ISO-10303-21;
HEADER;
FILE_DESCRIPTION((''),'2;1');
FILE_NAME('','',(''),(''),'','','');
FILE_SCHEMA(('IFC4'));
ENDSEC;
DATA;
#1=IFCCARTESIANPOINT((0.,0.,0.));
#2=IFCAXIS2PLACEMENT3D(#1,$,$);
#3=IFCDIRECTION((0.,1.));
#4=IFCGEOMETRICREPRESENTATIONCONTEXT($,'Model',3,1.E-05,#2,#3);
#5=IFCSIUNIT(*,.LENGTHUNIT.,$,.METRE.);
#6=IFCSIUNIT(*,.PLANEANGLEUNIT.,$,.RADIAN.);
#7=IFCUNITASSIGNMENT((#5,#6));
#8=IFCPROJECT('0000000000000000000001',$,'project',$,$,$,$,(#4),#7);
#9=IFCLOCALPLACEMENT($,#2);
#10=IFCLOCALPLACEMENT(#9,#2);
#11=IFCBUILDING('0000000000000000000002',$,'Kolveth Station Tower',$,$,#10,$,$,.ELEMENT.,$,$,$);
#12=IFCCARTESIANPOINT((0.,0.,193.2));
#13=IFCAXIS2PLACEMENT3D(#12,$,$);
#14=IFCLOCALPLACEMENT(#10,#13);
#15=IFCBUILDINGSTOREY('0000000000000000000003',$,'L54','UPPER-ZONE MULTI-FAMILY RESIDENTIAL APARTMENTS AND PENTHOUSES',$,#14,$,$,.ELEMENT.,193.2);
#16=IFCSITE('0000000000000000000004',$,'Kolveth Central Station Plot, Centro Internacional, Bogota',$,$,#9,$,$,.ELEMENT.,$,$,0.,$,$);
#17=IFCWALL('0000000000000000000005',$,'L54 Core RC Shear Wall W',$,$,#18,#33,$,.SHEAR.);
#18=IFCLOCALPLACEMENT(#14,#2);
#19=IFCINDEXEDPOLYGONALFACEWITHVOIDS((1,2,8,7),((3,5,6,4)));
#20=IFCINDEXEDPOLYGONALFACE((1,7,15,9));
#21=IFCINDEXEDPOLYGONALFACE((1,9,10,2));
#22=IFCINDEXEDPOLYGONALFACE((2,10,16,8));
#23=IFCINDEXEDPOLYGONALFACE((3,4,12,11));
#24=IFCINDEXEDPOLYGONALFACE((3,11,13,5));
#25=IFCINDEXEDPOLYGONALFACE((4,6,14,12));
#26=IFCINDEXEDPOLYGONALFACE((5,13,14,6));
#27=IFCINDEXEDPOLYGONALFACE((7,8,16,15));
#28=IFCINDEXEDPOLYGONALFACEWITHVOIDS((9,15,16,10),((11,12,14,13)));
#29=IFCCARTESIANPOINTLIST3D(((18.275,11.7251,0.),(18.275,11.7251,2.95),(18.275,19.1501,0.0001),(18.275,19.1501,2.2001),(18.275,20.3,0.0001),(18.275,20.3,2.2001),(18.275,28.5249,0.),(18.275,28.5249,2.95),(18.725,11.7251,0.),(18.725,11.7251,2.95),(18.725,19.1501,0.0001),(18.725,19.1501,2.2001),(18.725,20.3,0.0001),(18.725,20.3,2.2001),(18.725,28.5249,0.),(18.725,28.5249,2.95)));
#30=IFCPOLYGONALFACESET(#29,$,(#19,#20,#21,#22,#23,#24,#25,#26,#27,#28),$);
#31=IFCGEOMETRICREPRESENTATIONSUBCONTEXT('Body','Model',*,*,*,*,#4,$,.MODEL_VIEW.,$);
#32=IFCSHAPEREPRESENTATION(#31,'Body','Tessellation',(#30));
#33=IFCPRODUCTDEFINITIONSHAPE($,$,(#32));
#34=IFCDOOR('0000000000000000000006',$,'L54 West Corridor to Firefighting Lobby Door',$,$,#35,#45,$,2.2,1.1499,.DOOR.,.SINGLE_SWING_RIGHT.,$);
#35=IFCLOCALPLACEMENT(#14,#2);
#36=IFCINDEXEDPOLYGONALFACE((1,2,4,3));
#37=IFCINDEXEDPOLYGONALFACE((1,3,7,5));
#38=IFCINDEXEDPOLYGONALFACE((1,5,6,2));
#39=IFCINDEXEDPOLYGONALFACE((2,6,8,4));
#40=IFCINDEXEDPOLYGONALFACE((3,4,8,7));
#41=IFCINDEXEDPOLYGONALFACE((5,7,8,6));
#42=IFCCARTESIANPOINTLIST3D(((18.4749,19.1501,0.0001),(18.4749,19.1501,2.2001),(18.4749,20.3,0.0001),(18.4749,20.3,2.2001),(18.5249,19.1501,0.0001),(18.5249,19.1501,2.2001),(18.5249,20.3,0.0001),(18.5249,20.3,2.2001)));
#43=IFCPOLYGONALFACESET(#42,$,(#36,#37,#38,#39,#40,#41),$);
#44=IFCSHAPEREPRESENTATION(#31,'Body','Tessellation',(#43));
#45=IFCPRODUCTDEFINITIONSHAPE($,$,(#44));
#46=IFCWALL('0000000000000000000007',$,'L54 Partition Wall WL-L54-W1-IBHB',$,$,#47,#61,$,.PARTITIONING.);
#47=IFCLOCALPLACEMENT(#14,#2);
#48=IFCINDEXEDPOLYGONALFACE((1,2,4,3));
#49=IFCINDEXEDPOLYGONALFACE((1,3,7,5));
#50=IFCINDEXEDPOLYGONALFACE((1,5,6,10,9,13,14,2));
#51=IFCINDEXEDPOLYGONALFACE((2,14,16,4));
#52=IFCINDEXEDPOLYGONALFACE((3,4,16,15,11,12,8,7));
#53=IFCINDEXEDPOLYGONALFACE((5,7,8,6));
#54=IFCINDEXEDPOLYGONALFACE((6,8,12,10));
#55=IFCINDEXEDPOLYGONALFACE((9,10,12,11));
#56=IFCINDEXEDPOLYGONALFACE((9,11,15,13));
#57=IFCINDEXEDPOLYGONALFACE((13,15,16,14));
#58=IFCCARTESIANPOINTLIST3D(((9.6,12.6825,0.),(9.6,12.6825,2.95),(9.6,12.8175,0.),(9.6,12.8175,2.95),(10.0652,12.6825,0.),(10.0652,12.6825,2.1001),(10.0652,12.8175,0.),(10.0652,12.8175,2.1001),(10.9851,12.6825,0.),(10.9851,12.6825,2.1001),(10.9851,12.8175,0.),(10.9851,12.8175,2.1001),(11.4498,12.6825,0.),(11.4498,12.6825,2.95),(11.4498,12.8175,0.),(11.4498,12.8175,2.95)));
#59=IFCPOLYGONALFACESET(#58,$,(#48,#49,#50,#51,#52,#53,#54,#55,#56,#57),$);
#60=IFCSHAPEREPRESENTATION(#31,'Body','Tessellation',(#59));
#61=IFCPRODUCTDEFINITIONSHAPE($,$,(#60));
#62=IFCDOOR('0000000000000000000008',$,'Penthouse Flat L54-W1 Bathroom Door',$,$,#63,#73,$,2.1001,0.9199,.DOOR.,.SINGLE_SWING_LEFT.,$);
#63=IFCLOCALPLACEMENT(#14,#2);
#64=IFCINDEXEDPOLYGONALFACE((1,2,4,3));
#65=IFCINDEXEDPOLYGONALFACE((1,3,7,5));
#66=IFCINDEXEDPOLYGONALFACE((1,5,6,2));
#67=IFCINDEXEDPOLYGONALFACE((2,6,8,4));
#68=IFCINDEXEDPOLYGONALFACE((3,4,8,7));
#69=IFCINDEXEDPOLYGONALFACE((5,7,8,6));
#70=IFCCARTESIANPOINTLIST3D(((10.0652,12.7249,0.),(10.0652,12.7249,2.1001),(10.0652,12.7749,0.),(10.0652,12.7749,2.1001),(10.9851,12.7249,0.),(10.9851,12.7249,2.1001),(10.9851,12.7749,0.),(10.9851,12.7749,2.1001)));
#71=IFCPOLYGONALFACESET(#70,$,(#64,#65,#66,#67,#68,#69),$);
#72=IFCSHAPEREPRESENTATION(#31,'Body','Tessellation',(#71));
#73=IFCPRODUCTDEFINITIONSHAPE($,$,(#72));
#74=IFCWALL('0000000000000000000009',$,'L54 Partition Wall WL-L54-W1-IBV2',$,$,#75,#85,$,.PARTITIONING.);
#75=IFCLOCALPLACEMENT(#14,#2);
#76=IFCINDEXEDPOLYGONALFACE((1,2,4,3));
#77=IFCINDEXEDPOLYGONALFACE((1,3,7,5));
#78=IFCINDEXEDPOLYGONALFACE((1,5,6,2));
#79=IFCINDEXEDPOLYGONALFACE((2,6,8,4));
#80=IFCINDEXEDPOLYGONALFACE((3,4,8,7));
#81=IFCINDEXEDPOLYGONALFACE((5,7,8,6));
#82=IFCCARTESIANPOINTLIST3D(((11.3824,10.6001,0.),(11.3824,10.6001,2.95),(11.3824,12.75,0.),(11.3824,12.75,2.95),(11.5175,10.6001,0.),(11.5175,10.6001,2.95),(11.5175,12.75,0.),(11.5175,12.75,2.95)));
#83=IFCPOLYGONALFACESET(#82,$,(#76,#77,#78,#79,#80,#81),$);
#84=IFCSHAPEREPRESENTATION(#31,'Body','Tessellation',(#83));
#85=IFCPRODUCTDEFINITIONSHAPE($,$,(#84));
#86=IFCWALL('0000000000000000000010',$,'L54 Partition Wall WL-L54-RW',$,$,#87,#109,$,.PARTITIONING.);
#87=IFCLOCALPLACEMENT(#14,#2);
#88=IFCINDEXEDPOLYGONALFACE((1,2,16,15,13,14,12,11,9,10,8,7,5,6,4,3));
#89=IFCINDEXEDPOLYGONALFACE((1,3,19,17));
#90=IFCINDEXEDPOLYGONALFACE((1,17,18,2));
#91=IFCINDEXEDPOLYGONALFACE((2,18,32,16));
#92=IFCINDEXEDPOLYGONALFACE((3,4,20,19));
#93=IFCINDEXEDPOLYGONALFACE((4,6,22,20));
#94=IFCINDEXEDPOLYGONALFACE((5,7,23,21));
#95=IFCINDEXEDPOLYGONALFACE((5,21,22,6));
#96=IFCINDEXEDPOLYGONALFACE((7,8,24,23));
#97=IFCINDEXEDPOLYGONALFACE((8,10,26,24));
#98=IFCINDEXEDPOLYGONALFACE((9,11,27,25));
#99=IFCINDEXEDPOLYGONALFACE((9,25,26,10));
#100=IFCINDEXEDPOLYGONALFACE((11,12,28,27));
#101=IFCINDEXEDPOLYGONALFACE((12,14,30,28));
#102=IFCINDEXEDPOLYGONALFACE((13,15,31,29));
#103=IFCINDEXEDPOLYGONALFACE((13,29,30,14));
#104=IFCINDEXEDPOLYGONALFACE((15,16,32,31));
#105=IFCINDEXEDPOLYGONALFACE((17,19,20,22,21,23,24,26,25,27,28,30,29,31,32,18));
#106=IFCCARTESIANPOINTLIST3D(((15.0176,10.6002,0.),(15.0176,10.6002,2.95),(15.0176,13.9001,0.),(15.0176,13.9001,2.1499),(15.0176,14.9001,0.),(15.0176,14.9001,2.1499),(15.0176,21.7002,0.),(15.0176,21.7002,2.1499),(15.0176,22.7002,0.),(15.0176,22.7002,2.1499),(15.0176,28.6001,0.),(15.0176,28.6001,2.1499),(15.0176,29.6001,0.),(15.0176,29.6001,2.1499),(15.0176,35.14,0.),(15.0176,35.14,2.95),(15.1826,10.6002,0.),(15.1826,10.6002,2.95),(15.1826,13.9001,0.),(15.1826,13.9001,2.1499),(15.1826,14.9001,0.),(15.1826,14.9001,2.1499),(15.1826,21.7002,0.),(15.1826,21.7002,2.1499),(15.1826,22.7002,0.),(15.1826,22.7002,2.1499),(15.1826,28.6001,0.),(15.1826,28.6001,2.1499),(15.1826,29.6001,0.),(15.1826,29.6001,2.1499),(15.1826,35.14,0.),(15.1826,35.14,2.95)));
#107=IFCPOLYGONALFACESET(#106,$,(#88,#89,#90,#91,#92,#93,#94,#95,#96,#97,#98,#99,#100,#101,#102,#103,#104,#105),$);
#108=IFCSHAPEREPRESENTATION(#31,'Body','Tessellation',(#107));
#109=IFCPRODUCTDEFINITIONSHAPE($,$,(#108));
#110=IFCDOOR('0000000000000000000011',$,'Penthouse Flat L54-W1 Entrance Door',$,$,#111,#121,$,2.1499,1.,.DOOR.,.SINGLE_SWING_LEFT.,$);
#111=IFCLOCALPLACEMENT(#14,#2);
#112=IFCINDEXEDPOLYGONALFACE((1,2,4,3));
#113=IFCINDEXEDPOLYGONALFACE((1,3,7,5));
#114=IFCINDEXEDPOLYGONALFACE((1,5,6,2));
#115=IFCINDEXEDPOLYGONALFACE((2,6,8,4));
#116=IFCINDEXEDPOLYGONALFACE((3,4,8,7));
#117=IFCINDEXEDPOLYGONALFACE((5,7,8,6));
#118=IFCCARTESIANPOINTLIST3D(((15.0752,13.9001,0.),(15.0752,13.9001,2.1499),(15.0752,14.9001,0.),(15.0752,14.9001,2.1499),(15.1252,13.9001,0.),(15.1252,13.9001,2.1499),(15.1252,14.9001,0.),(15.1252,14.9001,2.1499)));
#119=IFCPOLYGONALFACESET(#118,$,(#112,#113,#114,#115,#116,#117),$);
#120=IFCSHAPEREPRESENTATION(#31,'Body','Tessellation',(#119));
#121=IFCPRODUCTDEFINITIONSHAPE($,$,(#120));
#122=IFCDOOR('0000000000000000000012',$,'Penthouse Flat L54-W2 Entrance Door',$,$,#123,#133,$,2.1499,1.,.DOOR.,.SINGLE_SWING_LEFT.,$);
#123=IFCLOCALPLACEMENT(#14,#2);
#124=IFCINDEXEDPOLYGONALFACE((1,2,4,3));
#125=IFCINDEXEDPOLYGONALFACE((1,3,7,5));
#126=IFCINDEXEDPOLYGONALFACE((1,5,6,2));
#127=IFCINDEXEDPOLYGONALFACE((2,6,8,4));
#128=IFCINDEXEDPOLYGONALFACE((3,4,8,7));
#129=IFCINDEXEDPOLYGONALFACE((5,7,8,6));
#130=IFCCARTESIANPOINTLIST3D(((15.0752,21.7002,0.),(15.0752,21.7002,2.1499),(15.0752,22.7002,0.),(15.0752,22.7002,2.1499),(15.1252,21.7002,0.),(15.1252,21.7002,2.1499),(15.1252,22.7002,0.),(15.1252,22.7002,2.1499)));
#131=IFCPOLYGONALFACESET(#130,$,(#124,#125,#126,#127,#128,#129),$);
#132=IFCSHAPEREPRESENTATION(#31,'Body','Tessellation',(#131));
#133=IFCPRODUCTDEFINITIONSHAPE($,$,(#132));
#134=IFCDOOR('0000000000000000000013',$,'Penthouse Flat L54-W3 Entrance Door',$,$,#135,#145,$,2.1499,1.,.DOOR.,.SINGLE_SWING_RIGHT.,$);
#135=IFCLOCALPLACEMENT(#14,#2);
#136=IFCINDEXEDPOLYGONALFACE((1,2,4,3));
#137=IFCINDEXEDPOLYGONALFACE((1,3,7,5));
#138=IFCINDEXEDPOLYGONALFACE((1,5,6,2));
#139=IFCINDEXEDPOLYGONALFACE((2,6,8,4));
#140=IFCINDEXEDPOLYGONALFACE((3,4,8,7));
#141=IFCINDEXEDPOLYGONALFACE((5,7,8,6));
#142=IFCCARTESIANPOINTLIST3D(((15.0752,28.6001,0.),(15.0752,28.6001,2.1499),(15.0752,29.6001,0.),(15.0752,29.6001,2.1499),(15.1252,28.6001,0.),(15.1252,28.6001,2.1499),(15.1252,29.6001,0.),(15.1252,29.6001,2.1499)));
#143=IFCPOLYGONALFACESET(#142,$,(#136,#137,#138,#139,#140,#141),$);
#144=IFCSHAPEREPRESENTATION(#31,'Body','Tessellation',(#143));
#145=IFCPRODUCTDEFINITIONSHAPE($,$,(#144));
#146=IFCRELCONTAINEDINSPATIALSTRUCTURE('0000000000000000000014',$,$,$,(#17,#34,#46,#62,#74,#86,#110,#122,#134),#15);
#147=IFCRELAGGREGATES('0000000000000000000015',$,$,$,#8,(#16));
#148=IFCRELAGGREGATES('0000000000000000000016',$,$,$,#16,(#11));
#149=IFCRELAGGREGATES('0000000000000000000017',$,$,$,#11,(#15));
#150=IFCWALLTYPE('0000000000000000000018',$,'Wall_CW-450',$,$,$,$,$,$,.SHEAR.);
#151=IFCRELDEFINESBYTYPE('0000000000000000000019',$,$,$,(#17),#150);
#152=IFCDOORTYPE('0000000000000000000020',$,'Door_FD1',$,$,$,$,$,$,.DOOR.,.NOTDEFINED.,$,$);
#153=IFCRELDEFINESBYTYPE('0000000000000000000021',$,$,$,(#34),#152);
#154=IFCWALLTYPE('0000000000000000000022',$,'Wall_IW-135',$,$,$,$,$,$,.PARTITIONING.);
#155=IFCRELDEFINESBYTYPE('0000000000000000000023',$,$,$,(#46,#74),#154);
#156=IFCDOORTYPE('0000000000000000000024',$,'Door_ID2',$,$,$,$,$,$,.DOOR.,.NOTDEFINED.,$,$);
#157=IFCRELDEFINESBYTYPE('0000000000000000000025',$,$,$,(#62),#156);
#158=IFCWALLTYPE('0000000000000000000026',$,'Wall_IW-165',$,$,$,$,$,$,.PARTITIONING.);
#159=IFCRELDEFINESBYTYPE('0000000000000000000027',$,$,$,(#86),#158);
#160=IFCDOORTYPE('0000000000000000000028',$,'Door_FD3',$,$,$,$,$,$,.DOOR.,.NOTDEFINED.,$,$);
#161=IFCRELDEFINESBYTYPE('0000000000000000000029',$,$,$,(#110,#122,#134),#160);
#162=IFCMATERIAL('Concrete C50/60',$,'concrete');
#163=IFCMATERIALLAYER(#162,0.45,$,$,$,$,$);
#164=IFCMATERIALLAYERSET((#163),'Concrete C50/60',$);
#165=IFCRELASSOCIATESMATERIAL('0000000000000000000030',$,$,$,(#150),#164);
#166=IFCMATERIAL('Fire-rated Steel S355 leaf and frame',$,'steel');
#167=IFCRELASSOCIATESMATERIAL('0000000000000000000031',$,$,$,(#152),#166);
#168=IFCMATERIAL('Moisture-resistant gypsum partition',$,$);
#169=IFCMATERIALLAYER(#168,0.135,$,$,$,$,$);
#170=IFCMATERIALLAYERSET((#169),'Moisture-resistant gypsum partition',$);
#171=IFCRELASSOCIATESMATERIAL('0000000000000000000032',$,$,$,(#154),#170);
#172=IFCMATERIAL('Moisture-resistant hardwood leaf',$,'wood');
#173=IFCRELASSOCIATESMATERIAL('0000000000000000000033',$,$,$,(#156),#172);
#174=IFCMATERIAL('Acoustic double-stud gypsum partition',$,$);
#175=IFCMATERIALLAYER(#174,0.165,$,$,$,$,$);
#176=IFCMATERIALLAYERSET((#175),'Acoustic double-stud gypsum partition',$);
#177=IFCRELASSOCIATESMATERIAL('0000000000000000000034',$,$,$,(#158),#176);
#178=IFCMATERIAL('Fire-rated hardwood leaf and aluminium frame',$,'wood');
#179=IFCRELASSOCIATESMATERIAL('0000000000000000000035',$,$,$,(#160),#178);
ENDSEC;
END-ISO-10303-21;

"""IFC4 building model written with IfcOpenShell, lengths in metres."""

from ifc_helpers import new_model, si_unit, direction, frame, frame_2d, origin, place, context, subcontext, project, spatial, rectangle, extrude, material, layer, layer_set, type_object, element, fill, save


model = new_model("IFC4")

# Units and contexts
model_context = context("Model", 3, precision=1e-05, world=origin(), true_north=direction((0.0, 1.0)))
body_context = subcontext(model_context, "Body", "Model", "MODEL_VIEW")
ifc_project = project(units=[si_unit("LENGTHUNIT", "METRE"), si_unit("PLANEANGLEUNIT", "RADIAN")], contexts=[model_context])

# Site, building, storey
site_placement = place(None, origin())
site = spatial("IfcSite", under=ifc_project, at=site_placement, Name="Kolveth Central Station Plot, Centro Internacional, Bogota", CompositionType="ELEMENT", RefElevation=0.0)
building_placement = place(site_placement, origin())
building = spatial("IfcBuilding", under=site, at=building_placement, Name="Kolveth Station Tower", CompositionType="ELEMENT")
storey_placement = place(building_placement, frame((0.0, 0.0, 193.2)))
storey = spatial("IfcBuildingStorey", under=building, at=storey_placement, Name="L54", Description="UPPER-ZONE MULTI-FAMILY RESIDENTIAL APARTMENTS AND PENTHOUSES", CompositionType="ELEMENT", Elevation=193.2)

# Shared definitions
ifc_material_1 = material(Name="Concrete C50/60", Category="concrete")
ifc_layer_1 = layer(ifc_material_1, 0.45)
ifc_layer_set_1 = layer_set([ifc_layer_1], Name="Concrete C50/60")
wall_type_1 = type_object("IfcWallType", Name="Wall_CW-450", PredefinedType="SHEAR", material=ifc_layer_set_1)

# Walls, openings, doors
wall_1_placement = place(storey_placement, frame((18.5, 11.7251, 0.0), z_axis=(0.0, 0.0, 1.0), x_axis=(0.0, 1.0, 0.0)))
wall_1 = element("IfcWall", 1, at=wall_1_placement, inside=storey, type_object=wall_type_1, Name="L54 Core RC Shear Wall W", PredefinedType="SHEAR", context=body_context, shape_type="SweptSolid", body=[
    extrude(rectangle(XDim=16.7998, YDim=0.45, at=frame_2d((8.3999, 0.0))), origin(), (0.0, 0.0, 1.0), 2.95),
])
opening_1_placement = place(wall_1_placement, frame((7.425, 0.0, 0.0)))
opening_1 = element("IfcOpeningElement", 2, at=opening_1_placement, cuts=wall_1, PredefinedType="OPENING", context=body_context, shape_type="SweptSolid", body=[
    extrude(rectangle(XDim=1.1499, YDim=2.2, at=frame_2d((0.575, 1.1001))), frame((0.0, 0.2349, 0.0), z_axis=(0.0, -1.0, 0.0), x_axis=(1.0, 0.0, 0.0)), (0.0, 0.0, 1.0), 0.47),
])
ifc_material_2 = material(Name="Fire-rated Steel S355 leaf and frame", Category="steel")
door_type_1 = type_object("IfcDoorType", Name="Door_FD1", OperationType="NOTDEFINED", PredefinedType="DOOR", material=ifc_material_2)
door_1_placement = place(opening_1_placement, frame((1.1499, 0.0, 0.0), z_axis=(0.0, 0.0, 1.0), x_axis=(-1.0, 0.0, 0.0)))
door_1 = element("IfcDoor", 3, at=door_1_placement, inside=storey, type_object=door_type_1, Name="L54 West Corridor to Firefighting Lobby Door", OperationType="SINGLE_SWING_RIGHT", OverallHeight=2.2, OverallWidth=1.1499, PredefinedType="DOOR", context=body_context, shape_type="SweptSolid", body=[
    extrude(rectangle(XDim=1.1499, YDim=2.2, at=frame_2d((0.575, 1.1001))), frame((0.0, 0.0249, 0.0), z_axis=(0.0, -1.0, 0.0), x_axis=(1.0, 0.0, 0.0)), (0.0, 0.0, 1.0), 0.05),
])
fill(opening_1, door_1)
ifc_material_3 = material(Name="Moisture-resistant gypsum partition")
ifc_layer_2 = layer(ifc_material_3, 0.135)
ifc_layer_set_2 = layer_set([ifc_layer_2], Name="Moisture-resistant gypsum partition")
wall_type_2 = type_object("IfcWallType", Name="Wall_IW-135", PredefinedType="PARTITIONING", material=ifc_layer_set_2)
wall_2_placement = place(storey_placement, frame((9.6001, 12.75, 0.0), z_axis=(0.0, 0.0, 1.0), x_axis=(1.0, 0.0, 0.0)))
wall_2 = element("IfcWall", 4, at=wall_2_placement, inside=storey, type_object=wall_type_2, Name="L54 Partition Wall WL-L54-W1-IBHB", PredefinedType="PARTITIONING", context=body_context, shape_type="SweptSolid", body=[
    extrude(rectangle(XDim=1.8499, YDim=0.135, at=frame_2d((0.9248, 0.0))), origin(), (0.0, 0.0, 1.0), 2.95),
])
opening_2_placement = place(wall_2_placement, frame((0.4651, 0.0, 0.0)))
opening_2 = element("IfcOpeningElement", 5, at=opening_2_placement, cuts=wall_2, PredefinedType="OPENING", context=body_context, shape_type="SweptSolid", body=[
    extrude(rectangle(XDim=0.9199, YDim=2.1001, at=frame_2d((0.46, 1.05))), frame((0.0, 0.0774, 0.0), z_axis=(0.0, -1.0, 0.0), x_axis=(1.0, 0.0, 0.0)), (0.0, 0.0, 1.0), 0.155),
])
ifc_material_4 = material(Name="Moisture-resistant hardwood leaf", Category="wood")
door_type_2 = type_object("IfcDoorType", Name="Door_ID2", OperationType="NOTDEFINED", PredefinedType="DOOR", material=ifc_material_4)
door_2_placement = place(opening_2_placement, origin())
door_2 = element("IfcDoor", 6, at=door_2_placement, inside=storey, type_object=door_type_2, Name="Penthouse Flat L54-W1 Bathroom Door", OperationType="SINGLE_SWING_LEFT", OverallHeight=2.1001, OverallWidth=0.9199, PredefinedType="DOOR", context=body_context, shape_type="SweptSolid", body=[
    extrude(rectangle(XDim=0.9199, YDim=2.1001, at=frame_2d((0.46, 1.05))), frame((0.0, 0.0249, 0.0), z_axis=(0.0, -1.0, 0.0), x_axis=(1.0, 0.0, 0.0)), (0.0, 0.0, 1.0), 0.05),
])
fill(opening_2, door_2)

# Wall
wall_3_placement = place(storey_placement, frame((11.45, 10.6001, 0.0), z_axis=(0.0, 0.0, 1.0), x_axis=(0.0, 1.0, 0.0)))
element("IfcWall", 7, at=wall_3_placement, inside=storey, type_object=wall_type_2, Name="L54 Partition Wall WL-L54-W1-IBV2", PredefinedType="PARTITIONING", context=body_context, shape_type="SweptSolid", body=[
    extrude(rectangle(XDim=2.1499, YDim=0.135, at=frame_2d((1.075, 0.0))), origin(), (0.0, 0.0, 1.0), 2.95),
])

# Wall, openings, doors
ifc_material_5 = material(Name="Acoustic double-stud gypsum partition")
ifc_layer_3 = layer(ifc_material_5, 0.165)
ifc_layer_set_3 = layer_set([ifc_layer_3], Name="Acoustic double-stud gypsum partition")
wall_type_3 = type_object("IfcWallType", Name="Wall_IW-165", PredefinedType="PARTITIONING", material=ifc_layer_set_3)
wall_4_placement = place(storey_placement, frame((15.1001, 10.6001, 0.0), z_axis=(0.0, 0.0, 1.0), x_axis=(0.0, 1.0, 0.0)))
wall_4 = element("IfcWall", 8, at=wall_4_placement, inside=storey, type_object=wall_type_3, Name="L54 Partition Wall WL-L54-RW", PredefinedType="PARTITIONING", context=body_context, shape_type="SweptSolid", body=[
    extrude(rectangle(XDim=24.5398, YDim=0.165, at=frame_2d((12.27, 0.0))), origin(), (0.0, 0.0, 1.0), 2.95),
])
opening_3_placement = place(wall_4_placement, frame((3.3, 0.0, 0.0)))
opening_3 = element("IfcOpeningElement", 9, at=opening_3_placement, cuts=wall_4, PredefinedType="OPENING", context=body_context, shape_type="SweptSolid", body=[
    extrude(rectangle(XDim=1.0, YDim=2.1499, at=frame_2d((0.5, 1.075))), frame((0.0, 0.0925, 0.0), z_axis=(0.0, -1.0, 0.0), x_axis=(1.0, 0.0, 0.0)), (0.0, 0.0, 1.0), 0.1851),
])
opening_4_placement = place(wall_4_placement, frame((11.1001, 0.0, 0.0)))
opening_4 = element("IfcOpeningElement", 10, at=opening_4_placement, cuts=wall_4, PredefinedType="OPENING", context=body_context, shape_type="SweptSolid", body=[
    extrude(rectangle(XDim=1.0, YDim=2.1499, at=frame_2d((0.5, 1.075))), frame((0.0, 0.0925, 0.0), z_axis=(0.0, -1.0, 0.0), x_axis=(1.0, 0.0, 0.0)), (0.0, 0.0, 1.0), 0.1851),
])
opening_5_placement = place(wall_4_placement, frame((18.0, 0.0, 0.0)))
opening_5 = element("IfcOpeningElement", 11, at=opening_5_placement, cuts=wall_4, PredefinedType="OPENING", context=body_context, shape_type="SweptSolid", body=[
    extrude(rectangle(XDim=1.0, YDim=2.1499, at=frame_2d((0.5, 1.075))), frame((0.0, 0.0925, 0.0), z_axis=(0.0, -1.0, 0.0), x_axis=(1.0, 0.0, 0.0)), (0.0, 0.0, 1.0), 0.1851),
])
ifc_material_6 = material(Name="Fire-rated hardwood leaf and aluminium frame", Category="wood")
door_type_3 = type_object("IfcDoorType", Name="Door_FD3", OperationType="NOTDEFINED", PredefinedType="DOOR", material=ifc_material_6)
door_3_placement = place(opening_3_placement, origin())
door_3 = element("IfcDoor", 12, at=door_3_placement, inside=storey, type_object=door_type_3, Name="Penthouse Flat L54-W1 Entrance Door", OperationType="SINGLE_SWING_LEFT", OverallHeight=2.1499, OverallWidth=1.0, PredefinedType="DOOR", context=body_context, shape_type="SweptSolid", body=[
    extrude(rectangle(XDim=1.0, YDim=2.1499, at=frame_2d((0.5, 1.075))), frame((0.0, 0.0249, 0.0), z_axis=(0.0, -1.0, 0.0), x_axis=(1.0, 0.0, 0.0)), (0.0, 0.0, 1.0), 0.05),
])
fill(opening_3, door_3)
door_4_placement = place(opening_4_placement, origin())
door_4 = element("IfcDoor", 13, at=door_4_placement, inside=storey, type_object=door_type_3, Name="Penthouse Flat L54-W2 Entrance Door", OperationType="SINGLE_SWING_LEFT", OverallHeight=2.1499, OverallWidth=1.0, PredefinedType="DOOR", context=body_context, shape_type="SweptSolid", body=[
    extrude(rectangle(XDim=1.0, YDim=2.1499, at=frame_2d((0.5, 1.075))), frame((0.0, 0.0249, 0.0), z_axis=(0.0, -1.0, 0.0), x_axis=(1.0, 0.0, 0.0)), (0.0, 0.0, 1.0), 0.05),
])
fill(opening_4, door_4)
door_5_placement = place(opening_5_placement, origin())
door_5 = element("IfcDoor", 14, at=door_5_placement, inside=storey, type_object=door_type_3, Name="Penthouse Flat L54-W3 Entrance Door", OperationType="SINGLE_SWING_RIGHT", OverallHeight=2.1499, OverallWidth=1.0, PredefinedType="DOOR", context=body_context, shape_type="SweptSolid", body=[
    extrude(rectangle(XDim=1.0, YDim=2.1499, at=frame_2d((0.5, 1.075))), frame((0.0, 0.0249, 0.0), z_axis=(0.0, -1.0, 0.0), x_axis=(1.0, 0.0, 0.0)), (0.0, 0.0, 1.0), 0.05),
])
fill(opening_5, door_5)

save(model, "model.ifc")
